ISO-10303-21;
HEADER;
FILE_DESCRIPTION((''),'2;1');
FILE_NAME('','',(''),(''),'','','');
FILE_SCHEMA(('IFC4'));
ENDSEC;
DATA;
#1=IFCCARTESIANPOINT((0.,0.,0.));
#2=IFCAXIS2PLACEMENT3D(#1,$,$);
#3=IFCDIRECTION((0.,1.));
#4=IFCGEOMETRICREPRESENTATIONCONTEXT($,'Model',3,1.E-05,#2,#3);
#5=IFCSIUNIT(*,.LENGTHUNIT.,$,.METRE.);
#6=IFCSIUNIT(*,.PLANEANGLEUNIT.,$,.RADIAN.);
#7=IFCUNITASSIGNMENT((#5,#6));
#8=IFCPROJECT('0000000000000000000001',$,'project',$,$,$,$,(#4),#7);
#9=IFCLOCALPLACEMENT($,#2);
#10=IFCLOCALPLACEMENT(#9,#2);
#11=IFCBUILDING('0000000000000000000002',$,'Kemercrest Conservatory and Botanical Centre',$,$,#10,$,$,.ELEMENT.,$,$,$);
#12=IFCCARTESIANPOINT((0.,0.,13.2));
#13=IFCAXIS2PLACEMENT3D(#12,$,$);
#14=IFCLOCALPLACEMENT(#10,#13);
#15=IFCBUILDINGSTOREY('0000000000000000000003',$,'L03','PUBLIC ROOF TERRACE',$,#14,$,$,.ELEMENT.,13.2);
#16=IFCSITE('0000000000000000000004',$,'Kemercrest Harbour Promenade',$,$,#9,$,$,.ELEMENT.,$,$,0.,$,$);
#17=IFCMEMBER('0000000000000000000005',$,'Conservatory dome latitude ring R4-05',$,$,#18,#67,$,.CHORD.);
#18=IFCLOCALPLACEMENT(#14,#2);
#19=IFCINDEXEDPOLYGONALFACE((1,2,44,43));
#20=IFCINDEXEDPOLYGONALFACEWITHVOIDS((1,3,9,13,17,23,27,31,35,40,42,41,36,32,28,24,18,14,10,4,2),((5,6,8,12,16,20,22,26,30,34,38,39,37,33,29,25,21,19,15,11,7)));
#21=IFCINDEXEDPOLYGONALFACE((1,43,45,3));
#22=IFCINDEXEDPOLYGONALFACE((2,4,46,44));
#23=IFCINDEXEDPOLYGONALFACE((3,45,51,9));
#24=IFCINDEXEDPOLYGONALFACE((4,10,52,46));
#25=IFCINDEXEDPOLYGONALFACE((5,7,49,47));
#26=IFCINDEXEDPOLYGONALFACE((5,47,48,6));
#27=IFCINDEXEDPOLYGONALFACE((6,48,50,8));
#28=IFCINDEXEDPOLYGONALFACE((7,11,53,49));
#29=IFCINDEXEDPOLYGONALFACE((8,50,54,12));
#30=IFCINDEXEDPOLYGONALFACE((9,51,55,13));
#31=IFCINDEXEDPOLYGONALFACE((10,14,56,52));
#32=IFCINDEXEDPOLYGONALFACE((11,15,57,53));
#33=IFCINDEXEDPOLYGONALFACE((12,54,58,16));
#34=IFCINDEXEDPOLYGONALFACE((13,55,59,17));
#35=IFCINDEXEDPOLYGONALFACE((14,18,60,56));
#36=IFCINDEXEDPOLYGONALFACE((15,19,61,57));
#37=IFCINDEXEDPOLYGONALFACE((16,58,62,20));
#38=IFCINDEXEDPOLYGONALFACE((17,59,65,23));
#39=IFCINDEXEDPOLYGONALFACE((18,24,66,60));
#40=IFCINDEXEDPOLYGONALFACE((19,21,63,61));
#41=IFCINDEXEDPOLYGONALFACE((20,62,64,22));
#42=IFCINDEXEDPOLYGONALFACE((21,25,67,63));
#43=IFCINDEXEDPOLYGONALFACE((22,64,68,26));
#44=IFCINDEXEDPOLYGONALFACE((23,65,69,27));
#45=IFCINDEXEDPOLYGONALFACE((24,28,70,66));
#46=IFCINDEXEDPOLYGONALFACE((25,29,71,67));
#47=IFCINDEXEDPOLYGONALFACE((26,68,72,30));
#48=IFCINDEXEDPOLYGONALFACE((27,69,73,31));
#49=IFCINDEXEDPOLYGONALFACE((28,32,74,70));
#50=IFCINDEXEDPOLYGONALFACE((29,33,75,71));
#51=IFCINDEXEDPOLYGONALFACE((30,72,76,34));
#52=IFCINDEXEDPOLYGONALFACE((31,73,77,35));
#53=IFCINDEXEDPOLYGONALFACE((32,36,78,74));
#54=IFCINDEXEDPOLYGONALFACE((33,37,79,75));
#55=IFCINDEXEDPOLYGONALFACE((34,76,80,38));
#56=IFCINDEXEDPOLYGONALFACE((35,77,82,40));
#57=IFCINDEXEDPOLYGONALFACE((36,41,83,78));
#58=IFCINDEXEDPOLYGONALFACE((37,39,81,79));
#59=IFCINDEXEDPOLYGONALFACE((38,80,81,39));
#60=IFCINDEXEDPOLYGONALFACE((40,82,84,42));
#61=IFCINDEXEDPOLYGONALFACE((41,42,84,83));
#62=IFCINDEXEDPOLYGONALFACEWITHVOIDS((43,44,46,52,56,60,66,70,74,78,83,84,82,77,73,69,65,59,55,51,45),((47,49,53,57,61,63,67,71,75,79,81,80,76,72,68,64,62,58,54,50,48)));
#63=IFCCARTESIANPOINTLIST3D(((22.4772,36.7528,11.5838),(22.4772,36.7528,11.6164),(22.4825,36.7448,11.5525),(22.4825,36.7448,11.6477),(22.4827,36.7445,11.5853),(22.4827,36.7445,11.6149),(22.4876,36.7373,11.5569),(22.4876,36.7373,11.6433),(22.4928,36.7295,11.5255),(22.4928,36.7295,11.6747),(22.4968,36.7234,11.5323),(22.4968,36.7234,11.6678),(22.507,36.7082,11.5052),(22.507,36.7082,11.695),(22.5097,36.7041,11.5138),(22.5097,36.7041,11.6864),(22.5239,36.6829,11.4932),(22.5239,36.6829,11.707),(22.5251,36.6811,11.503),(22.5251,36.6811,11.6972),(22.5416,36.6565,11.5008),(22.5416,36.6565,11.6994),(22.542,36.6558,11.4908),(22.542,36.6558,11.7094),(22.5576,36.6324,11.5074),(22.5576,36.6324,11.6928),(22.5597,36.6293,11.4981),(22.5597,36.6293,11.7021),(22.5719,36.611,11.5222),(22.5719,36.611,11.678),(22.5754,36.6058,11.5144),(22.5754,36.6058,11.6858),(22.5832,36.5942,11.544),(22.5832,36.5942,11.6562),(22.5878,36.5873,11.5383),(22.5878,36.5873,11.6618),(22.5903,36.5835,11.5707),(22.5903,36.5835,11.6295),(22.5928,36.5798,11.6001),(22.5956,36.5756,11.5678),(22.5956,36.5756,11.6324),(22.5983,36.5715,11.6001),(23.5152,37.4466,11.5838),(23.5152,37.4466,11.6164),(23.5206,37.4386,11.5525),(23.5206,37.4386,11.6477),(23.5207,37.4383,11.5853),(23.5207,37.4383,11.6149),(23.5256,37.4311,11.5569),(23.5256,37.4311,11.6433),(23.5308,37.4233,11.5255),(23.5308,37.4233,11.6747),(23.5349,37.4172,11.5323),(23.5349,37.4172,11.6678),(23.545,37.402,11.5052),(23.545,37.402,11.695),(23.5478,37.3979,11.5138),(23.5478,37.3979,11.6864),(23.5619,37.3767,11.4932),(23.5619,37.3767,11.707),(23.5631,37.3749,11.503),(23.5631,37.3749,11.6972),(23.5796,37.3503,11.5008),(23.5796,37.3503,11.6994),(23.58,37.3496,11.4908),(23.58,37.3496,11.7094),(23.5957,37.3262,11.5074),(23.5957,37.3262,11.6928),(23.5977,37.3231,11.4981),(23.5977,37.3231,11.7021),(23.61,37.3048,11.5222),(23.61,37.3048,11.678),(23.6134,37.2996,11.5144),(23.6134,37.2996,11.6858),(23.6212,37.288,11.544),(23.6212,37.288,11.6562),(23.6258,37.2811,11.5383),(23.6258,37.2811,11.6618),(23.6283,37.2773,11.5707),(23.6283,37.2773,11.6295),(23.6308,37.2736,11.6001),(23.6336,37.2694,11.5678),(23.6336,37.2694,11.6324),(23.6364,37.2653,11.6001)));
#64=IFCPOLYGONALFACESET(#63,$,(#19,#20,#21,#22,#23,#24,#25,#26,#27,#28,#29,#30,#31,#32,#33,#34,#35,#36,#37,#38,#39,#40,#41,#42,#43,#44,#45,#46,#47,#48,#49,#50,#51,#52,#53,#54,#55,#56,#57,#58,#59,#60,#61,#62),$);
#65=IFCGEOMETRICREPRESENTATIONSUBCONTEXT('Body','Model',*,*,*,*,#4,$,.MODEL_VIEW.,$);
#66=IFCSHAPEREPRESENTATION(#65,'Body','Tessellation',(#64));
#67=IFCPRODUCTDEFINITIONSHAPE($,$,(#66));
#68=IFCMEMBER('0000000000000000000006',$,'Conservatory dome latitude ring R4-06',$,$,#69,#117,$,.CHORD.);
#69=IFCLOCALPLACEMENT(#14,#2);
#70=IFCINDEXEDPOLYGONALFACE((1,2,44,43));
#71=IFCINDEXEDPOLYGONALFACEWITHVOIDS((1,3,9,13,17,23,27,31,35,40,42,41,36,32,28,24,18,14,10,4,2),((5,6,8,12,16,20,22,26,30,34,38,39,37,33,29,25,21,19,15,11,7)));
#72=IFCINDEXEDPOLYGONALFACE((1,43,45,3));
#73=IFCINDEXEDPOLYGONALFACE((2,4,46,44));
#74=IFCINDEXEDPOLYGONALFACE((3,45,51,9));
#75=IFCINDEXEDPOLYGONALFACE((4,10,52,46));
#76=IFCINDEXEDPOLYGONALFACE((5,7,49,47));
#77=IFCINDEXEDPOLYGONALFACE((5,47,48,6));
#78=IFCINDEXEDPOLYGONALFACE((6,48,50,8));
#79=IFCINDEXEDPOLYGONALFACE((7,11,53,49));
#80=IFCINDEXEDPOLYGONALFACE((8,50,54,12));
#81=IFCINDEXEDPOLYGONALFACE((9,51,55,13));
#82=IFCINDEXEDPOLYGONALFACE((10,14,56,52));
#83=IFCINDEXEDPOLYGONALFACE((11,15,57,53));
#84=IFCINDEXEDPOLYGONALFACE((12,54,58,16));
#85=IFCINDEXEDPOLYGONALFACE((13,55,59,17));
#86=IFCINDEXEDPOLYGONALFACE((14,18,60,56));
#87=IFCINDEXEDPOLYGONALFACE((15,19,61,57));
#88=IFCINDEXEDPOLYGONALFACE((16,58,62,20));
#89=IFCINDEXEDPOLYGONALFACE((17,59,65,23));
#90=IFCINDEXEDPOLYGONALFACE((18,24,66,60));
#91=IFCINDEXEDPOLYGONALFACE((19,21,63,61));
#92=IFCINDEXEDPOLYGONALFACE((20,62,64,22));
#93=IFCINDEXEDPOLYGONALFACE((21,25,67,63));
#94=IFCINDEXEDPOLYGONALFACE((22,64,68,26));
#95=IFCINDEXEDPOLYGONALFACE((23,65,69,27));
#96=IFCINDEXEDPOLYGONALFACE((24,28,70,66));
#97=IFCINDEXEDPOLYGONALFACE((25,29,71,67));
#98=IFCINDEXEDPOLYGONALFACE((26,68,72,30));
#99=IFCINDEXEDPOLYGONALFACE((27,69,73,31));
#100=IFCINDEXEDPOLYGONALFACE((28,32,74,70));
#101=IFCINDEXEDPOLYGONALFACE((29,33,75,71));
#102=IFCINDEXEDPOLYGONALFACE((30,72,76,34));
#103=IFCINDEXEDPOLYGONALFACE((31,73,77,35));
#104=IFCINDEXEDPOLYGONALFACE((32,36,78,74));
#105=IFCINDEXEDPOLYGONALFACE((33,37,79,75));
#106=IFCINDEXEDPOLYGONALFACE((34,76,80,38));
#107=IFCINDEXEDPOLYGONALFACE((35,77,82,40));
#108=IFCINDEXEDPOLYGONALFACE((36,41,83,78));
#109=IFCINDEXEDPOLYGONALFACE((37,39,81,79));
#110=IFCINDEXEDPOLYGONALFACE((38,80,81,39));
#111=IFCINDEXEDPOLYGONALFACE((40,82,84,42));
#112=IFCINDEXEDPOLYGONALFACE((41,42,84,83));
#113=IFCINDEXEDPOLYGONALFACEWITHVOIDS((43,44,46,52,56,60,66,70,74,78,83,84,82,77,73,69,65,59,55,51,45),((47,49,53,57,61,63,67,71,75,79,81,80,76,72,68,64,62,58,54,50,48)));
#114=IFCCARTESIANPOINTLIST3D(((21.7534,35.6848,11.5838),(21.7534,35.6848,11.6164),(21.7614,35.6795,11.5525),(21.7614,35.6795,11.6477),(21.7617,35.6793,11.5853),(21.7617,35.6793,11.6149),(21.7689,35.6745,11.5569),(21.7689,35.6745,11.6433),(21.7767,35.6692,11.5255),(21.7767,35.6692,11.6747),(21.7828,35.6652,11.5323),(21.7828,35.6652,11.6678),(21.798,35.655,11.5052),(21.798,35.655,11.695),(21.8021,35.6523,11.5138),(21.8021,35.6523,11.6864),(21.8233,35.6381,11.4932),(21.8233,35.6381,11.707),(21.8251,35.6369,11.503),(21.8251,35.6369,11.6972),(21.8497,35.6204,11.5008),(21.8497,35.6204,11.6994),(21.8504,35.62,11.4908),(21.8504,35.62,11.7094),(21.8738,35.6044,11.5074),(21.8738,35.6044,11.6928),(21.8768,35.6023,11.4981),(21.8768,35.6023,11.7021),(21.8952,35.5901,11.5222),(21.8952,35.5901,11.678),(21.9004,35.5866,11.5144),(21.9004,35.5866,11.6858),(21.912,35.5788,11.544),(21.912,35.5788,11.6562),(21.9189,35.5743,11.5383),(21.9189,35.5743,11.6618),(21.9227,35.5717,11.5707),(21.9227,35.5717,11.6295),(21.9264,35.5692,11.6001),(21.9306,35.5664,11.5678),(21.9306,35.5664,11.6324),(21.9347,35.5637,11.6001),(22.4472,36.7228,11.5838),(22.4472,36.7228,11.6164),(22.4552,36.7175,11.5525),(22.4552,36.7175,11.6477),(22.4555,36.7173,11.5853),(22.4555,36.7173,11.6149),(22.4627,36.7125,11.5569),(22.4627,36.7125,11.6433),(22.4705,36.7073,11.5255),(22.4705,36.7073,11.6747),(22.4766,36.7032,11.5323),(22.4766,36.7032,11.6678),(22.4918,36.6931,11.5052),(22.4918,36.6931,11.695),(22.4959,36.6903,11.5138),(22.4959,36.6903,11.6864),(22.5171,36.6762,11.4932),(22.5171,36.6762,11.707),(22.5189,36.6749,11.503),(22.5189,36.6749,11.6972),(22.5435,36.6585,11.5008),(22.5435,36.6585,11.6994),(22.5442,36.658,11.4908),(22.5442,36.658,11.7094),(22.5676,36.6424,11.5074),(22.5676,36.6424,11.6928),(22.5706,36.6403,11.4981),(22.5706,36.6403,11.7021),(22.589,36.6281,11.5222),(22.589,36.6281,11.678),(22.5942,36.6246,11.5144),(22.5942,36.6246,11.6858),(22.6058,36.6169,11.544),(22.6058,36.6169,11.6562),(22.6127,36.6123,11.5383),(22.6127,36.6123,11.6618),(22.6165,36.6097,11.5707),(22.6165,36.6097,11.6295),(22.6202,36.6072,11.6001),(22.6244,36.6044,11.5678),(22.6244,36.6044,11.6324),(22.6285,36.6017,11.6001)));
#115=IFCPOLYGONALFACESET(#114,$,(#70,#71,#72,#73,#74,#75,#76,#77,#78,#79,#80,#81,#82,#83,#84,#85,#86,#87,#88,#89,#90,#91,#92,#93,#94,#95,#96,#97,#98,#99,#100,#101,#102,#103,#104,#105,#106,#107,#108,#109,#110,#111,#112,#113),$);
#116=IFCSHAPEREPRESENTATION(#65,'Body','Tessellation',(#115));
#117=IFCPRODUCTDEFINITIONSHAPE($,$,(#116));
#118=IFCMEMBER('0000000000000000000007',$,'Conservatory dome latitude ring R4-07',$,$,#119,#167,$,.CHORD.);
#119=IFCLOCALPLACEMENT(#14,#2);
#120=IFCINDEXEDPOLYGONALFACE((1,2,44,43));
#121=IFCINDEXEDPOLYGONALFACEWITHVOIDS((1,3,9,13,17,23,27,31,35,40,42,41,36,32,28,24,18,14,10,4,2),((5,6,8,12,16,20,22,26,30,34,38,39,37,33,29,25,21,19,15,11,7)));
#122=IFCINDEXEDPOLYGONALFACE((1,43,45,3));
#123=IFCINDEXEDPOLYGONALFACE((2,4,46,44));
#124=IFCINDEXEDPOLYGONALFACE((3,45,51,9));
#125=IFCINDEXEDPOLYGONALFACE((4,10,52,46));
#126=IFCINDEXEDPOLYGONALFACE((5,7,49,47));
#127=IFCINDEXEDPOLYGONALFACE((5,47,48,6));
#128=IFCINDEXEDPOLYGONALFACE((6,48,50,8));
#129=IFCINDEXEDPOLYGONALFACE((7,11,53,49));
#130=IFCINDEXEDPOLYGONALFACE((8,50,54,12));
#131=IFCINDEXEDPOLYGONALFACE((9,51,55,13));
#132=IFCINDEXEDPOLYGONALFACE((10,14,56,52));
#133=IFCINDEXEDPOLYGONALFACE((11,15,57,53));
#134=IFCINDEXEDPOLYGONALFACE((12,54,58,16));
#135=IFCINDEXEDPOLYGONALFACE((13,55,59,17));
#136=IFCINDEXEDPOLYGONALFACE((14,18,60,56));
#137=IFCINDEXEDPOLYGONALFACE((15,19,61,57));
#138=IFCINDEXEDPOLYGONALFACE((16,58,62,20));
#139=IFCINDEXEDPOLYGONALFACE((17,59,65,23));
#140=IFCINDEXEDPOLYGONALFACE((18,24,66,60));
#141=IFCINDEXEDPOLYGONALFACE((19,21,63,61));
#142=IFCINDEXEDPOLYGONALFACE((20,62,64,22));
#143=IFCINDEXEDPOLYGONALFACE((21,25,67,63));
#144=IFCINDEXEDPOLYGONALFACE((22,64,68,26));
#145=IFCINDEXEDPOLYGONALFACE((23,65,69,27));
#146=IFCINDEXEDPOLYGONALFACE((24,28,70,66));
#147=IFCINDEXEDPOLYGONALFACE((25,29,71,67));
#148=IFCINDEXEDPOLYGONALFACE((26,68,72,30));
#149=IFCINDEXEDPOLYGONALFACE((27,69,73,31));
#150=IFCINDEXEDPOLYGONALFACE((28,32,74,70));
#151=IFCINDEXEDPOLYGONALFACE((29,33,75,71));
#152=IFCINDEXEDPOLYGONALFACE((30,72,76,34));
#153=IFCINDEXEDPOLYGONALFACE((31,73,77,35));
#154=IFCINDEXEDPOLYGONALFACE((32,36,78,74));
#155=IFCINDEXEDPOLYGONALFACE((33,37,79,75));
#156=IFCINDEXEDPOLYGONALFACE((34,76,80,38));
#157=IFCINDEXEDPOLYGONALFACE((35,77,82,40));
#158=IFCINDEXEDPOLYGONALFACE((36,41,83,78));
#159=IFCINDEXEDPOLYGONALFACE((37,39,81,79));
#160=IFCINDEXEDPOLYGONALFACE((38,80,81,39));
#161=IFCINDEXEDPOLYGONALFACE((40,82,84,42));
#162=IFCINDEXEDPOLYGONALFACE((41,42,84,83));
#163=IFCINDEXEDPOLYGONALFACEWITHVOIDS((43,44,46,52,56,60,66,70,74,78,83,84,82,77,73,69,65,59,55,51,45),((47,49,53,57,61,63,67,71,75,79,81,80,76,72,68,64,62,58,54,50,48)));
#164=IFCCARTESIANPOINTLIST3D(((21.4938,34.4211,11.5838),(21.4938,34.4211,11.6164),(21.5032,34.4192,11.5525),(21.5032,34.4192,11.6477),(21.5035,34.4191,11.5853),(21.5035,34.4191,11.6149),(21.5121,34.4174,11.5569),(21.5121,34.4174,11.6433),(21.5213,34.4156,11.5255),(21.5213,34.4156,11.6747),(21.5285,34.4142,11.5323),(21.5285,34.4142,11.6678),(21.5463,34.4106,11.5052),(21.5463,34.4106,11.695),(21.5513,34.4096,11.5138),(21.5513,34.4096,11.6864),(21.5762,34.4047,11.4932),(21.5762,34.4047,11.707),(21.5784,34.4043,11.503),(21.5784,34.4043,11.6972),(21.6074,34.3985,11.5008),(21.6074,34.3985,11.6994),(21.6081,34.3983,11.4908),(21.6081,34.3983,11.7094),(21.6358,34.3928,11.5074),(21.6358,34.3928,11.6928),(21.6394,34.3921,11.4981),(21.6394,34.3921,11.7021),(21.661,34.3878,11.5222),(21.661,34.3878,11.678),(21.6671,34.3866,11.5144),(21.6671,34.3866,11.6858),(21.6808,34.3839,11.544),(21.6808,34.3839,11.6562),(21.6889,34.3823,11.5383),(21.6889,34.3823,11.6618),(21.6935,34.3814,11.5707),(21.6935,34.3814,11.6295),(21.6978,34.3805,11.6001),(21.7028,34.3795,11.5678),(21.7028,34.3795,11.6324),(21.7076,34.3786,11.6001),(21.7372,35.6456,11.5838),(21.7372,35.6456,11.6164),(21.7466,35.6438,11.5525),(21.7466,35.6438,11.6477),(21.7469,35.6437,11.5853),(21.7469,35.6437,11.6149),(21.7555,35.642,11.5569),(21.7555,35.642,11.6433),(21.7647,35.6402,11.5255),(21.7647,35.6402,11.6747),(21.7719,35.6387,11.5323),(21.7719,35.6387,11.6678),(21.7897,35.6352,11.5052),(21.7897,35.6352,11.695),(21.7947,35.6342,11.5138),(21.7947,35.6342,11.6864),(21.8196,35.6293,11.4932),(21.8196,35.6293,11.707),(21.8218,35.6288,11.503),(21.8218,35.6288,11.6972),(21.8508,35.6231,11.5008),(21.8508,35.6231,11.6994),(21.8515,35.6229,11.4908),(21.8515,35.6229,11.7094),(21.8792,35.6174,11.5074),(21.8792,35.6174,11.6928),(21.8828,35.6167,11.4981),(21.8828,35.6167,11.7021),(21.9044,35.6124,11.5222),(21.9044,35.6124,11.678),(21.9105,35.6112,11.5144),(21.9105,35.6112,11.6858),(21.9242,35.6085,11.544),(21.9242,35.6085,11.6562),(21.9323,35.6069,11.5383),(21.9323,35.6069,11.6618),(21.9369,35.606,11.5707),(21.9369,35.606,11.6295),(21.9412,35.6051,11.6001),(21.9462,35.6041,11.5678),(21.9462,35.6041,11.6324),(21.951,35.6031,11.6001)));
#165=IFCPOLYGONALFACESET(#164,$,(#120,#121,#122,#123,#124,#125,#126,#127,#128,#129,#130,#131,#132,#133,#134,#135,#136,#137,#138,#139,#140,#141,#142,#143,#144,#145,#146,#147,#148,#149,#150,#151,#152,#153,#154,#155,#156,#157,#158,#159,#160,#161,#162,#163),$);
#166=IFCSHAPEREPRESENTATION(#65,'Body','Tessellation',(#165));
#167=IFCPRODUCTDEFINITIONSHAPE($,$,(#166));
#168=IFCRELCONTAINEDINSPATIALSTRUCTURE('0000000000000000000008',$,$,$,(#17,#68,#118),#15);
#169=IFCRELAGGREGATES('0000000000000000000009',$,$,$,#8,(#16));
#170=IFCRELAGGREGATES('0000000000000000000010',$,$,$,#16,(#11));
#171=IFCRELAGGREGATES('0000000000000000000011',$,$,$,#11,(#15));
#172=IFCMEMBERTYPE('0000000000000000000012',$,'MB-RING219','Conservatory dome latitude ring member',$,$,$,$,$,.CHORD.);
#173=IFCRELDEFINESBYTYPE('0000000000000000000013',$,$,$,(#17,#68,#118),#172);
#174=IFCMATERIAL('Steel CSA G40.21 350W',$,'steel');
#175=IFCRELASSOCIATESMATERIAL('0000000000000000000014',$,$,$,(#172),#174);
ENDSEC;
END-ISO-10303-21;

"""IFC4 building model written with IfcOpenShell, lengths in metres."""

from ifc_helpers import new_model, si_unit, direction, frame, origin, origin_2d, place, context, subcontext, project, spatial, hollow_circle, extrude, material, material_profile, profile_set, type_object, element, save


model = new_model("IFC4")

# Units and contexts
model_context = context("Model", 3, precision=1e-05, world=origin(), true_north=direction((0.0, 1.0)))
body_context = subcontext(model_context, "Body", "Model", "MODEL_VIEW")
ifc_project = project(units=[si_unit("LENGTHUNIT", "METRE"), si_unit("PLANEANGLEUNIT", "RADIAN")], contexts=[model_context])

# Site, building, storey
site_placement = place(None, origin())
site = spatial("IfcSite", under=ifc_project, at=site_placement, Name="Kemercrest Harbour Promenade", CompositionType="ELEMENT", RefElevation=0.0)
building_placement = place(site_placement, origin())
building = spatial("IfcBuilding", under=site, at=building_placement, Name="Kemercrest Conservatory and Botanical Centre", CompositionType="ELEMENT")
storey_placement = place(building_placement, frame((0.0, 0.0, 13.2)))
storey = spatial("IfcBuildingStorey", under=building, at=storey_placement, Name="L03", Description="PUBLIC ROOF TERRACE", CompositionType="ELEMENT", Elevation=13.2)

# Shared definitions
ifc_material_1 = material(Name="Steel CSA G40.21 350W", Category="steel")

# Members
ifc_material_profile_1 = material_profile(ifc_material_1, hollow_circle(Radius=0.1096, WallThickness=0.01, at=origin_2d()), Name="CHS 219.1x10.0")
ifc_profile_set_1 = profile_set([ifc_material_profile_1], Name="Steel CSA G40.21 350W")
member_type_1 = type_object("IfcMemberType", Name="MB-RING219", Description="Conservatory dome latitude ring member", PredefinedType="CHORD", material=ifc_profile_set_1)
for number, where, z_axis, x_axis, name in (
    (1, (23.5754, 37.3564, 11.6001), (-0.831388, -0.555692, 0.0), (0.555692, -0.831388, 0.0), "Conservatory dome latitude ring R4-05"),
    (2, (22.5374, 36.6626, 11.6001), (-0.555692, -0.831388, 0.0), (0.831388, -0.555692, 0.0), "Conservatory dome latitude ring R4-06"),
    (3, (21.8435, 35.6245, 11.6001), (-0.19495, -0.980813, 0.0), (0.980813, -0.19495, 0.0), "Conservatory dome latitude ring R4-07"),
):
    element("IfcMember", number, at=place(storey_placement, frame(where, z_axis=z_axis, x_axis=x_axis)), inside=storey, type_object=member_type_1, Name=name, PredefinedType="CHORD", context=body_context, shape_type="SweptSolid", body=[
        extrude(hollow_circle(Radius=0.1096, WallThickness=0.01, at=origin_2d()), origin(), (0.0, 0.0, 1.0), 1.2485),
    ])

save(model, "model.ifc")
